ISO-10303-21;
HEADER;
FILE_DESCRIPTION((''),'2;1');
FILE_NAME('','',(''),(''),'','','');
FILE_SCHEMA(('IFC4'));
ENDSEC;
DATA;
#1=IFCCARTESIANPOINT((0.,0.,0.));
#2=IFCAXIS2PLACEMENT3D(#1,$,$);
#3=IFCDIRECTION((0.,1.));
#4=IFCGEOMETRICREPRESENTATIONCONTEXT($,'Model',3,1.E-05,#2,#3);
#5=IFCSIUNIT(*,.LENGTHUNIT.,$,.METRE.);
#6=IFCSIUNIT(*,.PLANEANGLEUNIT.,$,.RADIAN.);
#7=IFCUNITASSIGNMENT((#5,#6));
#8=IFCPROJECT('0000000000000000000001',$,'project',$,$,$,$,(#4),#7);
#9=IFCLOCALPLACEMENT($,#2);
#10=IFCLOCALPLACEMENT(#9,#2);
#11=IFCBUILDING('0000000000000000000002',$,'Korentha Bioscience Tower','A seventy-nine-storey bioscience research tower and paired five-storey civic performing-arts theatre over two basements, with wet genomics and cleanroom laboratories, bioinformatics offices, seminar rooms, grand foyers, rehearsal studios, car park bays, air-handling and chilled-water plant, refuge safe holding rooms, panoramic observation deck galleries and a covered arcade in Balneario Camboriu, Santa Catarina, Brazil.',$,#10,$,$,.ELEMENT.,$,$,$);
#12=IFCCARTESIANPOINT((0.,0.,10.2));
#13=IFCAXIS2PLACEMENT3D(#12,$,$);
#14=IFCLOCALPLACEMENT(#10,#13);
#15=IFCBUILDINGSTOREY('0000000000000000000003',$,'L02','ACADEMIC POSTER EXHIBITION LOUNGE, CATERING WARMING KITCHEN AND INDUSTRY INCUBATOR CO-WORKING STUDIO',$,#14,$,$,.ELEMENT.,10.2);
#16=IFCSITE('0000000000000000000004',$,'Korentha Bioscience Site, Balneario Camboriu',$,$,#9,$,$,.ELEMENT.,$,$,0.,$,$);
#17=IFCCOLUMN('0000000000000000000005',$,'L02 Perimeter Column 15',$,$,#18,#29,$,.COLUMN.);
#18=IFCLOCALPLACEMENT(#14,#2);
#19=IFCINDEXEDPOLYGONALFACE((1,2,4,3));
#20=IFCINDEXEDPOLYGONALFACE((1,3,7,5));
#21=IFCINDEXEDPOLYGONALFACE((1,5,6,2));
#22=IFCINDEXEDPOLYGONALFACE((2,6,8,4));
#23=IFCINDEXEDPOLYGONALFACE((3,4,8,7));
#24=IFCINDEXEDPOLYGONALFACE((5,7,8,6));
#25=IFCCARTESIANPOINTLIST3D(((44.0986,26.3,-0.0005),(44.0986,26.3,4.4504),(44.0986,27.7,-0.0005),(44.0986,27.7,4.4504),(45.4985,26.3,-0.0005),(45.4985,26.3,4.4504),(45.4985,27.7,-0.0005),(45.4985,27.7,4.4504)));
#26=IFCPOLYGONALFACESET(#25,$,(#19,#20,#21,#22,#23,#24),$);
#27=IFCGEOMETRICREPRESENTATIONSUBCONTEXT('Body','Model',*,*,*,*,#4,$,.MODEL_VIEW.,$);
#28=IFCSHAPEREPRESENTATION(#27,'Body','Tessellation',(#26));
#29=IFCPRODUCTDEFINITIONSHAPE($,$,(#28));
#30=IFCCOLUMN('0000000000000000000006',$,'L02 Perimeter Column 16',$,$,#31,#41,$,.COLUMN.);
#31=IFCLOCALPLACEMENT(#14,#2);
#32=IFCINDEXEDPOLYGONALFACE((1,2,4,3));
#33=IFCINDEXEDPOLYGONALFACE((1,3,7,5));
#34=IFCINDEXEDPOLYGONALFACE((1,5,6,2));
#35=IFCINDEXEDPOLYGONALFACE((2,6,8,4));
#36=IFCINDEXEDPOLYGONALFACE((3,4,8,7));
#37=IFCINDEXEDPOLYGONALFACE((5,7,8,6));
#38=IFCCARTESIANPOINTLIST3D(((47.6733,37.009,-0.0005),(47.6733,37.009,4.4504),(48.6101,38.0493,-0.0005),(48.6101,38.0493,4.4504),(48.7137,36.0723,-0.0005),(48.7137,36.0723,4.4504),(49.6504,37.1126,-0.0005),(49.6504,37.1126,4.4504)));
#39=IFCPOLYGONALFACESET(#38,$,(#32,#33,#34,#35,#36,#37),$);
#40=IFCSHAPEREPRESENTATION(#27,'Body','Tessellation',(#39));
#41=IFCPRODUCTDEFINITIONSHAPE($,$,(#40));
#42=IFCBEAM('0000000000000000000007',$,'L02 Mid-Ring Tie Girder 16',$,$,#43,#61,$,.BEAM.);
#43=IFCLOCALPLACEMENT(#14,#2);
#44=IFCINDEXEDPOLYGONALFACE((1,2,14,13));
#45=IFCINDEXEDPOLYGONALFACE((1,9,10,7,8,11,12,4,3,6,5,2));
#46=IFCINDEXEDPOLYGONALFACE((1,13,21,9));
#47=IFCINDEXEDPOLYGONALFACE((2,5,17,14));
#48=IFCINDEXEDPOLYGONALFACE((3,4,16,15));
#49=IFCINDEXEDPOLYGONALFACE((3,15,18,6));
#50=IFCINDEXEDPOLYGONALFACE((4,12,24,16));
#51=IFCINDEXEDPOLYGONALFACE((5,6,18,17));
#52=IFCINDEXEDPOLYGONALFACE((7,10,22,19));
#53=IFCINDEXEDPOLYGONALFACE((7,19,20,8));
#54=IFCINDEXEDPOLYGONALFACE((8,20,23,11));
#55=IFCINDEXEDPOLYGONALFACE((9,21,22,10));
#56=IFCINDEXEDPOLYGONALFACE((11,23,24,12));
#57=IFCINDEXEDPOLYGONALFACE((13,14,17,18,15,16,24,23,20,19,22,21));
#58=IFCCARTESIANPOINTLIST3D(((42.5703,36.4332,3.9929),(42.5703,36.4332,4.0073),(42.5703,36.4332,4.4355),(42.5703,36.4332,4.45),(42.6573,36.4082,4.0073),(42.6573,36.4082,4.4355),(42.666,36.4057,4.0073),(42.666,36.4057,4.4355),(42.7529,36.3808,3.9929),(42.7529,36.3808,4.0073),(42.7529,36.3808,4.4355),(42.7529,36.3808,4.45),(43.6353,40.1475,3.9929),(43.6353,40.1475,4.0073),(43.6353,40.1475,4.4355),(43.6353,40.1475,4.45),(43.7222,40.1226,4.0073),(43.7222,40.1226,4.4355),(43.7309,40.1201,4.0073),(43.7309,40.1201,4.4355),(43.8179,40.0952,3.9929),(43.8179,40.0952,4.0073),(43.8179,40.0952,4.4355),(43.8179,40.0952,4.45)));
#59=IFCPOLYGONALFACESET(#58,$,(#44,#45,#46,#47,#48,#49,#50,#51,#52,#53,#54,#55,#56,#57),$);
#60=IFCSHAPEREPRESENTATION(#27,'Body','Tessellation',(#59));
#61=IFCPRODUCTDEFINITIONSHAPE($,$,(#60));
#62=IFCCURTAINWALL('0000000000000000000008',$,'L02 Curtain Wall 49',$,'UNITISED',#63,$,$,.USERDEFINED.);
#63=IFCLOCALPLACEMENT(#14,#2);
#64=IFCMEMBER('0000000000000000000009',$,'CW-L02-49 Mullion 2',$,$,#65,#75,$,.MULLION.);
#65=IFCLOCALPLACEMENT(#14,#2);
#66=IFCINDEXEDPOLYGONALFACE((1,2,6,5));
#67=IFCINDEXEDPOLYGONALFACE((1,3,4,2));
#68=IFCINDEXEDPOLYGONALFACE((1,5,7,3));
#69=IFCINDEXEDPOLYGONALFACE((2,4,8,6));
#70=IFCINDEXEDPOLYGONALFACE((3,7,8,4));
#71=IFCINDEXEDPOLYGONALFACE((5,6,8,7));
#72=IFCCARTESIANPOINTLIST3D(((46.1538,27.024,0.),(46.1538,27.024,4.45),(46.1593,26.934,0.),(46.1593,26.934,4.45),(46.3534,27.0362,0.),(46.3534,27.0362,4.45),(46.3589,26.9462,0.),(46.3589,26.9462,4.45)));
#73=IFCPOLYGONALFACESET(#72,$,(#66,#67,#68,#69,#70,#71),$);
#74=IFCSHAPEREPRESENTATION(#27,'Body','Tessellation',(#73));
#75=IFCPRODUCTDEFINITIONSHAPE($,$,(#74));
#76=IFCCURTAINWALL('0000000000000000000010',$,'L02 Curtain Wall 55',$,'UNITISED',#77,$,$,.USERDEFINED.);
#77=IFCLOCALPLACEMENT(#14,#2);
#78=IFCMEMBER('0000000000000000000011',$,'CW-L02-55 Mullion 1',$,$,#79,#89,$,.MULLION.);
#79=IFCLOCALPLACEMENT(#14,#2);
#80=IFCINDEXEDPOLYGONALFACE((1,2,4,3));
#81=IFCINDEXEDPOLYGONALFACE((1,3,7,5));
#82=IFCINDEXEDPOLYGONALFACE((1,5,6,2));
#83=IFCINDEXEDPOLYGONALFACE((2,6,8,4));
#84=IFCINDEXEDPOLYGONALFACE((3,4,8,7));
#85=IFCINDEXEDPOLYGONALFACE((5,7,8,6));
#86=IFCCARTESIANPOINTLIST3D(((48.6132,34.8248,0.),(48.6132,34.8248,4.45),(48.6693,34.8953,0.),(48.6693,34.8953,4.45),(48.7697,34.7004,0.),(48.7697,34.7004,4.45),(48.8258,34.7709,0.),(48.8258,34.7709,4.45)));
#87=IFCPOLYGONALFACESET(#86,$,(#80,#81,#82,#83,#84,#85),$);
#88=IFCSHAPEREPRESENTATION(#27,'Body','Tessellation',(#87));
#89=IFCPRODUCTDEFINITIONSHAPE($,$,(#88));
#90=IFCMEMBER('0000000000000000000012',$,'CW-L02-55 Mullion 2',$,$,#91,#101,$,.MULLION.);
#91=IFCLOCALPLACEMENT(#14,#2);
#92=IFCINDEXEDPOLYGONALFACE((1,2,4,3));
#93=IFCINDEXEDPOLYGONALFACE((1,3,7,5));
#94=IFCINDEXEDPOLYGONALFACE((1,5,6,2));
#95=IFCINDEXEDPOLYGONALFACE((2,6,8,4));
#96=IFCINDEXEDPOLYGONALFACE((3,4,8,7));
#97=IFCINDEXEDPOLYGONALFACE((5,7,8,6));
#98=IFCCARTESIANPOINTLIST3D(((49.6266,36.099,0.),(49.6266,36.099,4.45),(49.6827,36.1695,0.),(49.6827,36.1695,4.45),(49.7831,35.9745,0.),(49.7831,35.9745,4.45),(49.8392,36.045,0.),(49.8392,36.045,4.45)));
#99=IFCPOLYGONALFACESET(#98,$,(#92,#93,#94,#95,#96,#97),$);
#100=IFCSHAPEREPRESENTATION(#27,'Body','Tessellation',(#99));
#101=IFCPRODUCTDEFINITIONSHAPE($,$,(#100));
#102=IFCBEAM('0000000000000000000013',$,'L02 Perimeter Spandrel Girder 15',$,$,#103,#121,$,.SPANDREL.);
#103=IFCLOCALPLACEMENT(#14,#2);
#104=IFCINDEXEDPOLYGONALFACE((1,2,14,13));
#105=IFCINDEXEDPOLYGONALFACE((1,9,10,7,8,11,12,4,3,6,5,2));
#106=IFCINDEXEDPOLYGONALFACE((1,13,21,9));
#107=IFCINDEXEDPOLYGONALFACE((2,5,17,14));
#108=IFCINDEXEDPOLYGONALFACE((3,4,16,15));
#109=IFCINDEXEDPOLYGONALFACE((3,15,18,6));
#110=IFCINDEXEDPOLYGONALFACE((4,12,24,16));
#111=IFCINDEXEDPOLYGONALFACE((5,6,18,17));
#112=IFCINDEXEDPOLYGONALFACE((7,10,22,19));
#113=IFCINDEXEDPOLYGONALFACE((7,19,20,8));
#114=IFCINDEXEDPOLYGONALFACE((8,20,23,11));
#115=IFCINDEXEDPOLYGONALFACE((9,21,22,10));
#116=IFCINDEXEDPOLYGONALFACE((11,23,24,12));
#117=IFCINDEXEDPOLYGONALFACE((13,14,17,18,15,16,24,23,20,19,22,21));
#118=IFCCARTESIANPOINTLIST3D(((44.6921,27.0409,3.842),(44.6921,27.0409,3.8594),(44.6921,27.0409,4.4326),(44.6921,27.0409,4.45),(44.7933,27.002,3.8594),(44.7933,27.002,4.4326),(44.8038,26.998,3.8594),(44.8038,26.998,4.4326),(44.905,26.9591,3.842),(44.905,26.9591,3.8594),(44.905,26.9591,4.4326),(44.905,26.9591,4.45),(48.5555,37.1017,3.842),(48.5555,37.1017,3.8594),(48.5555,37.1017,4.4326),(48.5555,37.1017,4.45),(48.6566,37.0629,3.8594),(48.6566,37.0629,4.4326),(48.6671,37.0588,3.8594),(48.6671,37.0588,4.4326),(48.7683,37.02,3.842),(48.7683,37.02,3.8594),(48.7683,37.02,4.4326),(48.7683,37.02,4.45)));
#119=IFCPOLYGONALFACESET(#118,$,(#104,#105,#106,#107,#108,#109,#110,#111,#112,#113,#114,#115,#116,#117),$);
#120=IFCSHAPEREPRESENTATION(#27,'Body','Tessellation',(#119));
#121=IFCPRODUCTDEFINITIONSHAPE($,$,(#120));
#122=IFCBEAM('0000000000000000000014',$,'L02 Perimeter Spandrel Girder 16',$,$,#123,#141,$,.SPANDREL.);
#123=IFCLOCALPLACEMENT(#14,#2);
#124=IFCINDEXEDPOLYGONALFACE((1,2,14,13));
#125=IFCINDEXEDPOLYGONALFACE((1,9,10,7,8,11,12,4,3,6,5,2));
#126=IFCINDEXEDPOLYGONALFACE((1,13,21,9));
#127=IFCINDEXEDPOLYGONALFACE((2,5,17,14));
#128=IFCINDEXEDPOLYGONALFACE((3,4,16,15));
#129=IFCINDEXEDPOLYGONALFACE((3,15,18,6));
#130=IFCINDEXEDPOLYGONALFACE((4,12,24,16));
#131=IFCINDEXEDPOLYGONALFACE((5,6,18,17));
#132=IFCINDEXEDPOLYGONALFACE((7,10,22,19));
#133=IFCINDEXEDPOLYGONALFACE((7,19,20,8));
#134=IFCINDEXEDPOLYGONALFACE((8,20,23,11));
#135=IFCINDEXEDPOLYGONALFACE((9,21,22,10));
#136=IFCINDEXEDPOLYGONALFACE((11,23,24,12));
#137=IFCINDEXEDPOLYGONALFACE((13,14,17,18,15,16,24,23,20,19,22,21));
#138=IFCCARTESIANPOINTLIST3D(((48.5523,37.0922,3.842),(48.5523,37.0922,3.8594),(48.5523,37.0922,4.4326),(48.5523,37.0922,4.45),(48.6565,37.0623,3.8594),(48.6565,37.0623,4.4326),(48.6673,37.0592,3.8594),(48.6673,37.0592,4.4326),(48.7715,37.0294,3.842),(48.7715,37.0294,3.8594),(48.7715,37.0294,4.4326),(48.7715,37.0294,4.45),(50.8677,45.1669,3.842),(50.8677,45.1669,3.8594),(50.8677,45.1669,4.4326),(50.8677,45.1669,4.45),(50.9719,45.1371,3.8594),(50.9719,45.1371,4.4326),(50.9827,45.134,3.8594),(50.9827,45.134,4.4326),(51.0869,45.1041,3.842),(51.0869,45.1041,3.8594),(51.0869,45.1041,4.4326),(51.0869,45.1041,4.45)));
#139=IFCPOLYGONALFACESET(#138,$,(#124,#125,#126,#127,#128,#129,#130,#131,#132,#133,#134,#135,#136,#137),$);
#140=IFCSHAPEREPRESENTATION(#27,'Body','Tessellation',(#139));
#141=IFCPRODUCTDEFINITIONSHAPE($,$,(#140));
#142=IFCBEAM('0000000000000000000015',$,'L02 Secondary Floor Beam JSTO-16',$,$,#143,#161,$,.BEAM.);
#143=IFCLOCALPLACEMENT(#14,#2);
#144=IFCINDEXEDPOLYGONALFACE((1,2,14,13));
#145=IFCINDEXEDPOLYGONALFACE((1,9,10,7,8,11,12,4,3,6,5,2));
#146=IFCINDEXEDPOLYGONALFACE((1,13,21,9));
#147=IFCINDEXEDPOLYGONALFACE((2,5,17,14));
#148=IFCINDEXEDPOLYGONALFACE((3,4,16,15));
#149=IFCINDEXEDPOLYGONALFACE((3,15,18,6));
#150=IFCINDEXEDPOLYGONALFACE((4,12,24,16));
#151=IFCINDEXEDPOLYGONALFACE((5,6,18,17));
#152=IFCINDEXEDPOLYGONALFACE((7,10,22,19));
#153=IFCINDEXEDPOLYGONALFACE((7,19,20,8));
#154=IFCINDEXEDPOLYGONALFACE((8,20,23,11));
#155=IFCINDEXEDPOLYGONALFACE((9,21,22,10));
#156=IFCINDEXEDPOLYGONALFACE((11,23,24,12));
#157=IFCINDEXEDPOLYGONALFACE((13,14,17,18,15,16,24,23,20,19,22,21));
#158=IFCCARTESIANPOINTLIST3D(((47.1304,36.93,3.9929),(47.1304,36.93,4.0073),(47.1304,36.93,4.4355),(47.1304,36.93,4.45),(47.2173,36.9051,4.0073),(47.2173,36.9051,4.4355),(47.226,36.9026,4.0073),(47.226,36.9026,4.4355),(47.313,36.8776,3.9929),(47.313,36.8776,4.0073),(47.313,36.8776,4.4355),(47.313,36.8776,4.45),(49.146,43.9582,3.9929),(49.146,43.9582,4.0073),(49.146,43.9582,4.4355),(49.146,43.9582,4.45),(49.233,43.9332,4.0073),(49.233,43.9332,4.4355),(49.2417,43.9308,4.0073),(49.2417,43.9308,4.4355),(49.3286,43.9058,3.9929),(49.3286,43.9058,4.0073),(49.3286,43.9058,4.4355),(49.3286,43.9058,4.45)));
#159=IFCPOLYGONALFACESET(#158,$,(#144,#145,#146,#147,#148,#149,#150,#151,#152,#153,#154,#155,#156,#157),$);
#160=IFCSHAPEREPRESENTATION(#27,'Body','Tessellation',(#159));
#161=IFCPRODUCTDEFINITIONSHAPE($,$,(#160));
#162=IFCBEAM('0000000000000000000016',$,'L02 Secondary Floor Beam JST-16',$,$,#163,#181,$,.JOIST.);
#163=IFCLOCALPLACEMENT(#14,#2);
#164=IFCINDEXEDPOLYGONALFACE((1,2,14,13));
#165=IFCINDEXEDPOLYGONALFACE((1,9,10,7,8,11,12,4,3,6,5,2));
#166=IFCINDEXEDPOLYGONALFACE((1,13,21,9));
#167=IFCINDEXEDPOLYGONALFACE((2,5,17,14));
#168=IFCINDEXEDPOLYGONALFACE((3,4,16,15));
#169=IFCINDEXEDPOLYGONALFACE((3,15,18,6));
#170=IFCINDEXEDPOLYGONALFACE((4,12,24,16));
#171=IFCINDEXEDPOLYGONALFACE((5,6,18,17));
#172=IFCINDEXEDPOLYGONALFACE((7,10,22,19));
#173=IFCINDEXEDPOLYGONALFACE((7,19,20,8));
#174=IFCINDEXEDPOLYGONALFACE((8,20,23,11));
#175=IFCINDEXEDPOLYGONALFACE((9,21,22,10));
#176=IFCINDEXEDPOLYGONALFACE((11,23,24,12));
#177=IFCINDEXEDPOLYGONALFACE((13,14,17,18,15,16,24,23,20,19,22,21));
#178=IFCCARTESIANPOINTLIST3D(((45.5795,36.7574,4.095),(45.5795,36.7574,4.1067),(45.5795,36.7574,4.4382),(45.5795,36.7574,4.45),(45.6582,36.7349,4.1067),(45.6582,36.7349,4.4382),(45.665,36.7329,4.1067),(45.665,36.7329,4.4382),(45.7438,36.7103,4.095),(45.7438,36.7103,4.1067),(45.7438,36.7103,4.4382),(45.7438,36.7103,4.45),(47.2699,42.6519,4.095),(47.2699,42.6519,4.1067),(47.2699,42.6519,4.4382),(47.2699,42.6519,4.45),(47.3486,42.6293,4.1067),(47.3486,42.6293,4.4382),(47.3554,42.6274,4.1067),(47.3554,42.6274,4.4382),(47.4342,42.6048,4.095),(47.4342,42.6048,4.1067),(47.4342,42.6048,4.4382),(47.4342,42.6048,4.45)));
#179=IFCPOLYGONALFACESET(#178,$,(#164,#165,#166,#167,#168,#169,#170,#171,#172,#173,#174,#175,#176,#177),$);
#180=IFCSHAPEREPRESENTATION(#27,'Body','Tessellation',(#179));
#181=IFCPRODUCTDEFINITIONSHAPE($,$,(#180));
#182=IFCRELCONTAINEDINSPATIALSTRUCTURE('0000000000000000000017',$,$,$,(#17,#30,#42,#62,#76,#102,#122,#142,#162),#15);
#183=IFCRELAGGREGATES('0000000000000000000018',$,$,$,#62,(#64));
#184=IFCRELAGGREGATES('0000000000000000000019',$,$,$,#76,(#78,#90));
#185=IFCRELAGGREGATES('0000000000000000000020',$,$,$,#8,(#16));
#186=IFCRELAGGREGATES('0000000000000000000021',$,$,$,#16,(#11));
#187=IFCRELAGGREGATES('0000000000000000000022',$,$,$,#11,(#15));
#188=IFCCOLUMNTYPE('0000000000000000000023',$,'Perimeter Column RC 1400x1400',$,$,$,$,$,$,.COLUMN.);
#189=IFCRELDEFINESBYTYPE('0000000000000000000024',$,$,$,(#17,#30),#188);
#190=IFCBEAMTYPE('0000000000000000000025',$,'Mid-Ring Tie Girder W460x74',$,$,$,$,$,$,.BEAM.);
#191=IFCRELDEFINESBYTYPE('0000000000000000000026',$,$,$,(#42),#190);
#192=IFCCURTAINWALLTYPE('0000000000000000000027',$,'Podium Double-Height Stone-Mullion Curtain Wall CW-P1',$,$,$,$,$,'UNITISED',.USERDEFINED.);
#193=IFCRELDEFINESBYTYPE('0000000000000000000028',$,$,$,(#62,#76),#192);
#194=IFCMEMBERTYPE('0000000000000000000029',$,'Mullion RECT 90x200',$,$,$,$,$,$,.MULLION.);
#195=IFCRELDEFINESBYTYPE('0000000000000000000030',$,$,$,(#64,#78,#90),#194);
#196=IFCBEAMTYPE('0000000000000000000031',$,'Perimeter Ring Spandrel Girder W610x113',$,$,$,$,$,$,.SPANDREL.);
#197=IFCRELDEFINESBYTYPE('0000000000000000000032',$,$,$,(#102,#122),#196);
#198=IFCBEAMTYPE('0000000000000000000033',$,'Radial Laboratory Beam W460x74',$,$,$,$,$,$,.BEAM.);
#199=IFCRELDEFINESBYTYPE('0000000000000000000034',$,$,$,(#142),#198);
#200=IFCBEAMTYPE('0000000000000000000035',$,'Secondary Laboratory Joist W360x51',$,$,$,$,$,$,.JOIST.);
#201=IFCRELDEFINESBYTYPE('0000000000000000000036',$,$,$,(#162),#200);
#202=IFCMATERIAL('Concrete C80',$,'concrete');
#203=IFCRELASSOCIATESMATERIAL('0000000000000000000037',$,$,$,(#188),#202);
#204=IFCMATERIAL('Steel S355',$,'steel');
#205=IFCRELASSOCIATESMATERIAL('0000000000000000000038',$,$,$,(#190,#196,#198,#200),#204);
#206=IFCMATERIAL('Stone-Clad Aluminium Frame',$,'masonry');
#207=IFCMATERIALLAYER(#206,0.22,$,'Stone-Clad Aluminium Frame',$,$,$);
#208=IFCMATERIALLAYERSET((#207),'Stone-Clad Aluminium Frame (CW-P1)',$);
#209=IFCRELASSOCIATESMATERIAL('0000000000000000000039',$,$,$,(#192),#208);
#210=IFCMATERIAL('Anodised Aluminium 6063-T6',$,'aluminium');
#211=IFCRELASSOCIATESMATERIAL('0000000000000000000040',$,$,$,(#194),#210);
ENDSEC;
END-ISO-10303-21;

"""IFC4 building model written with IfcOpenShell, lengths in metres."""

from ifc_helpers import new_model, si_unit, direction, frame, origin, origin_2d, place, context, subcontext, project, spatial, rectangle, i_section, extrude, material, layer, layer_set, material_profile, profile_set, type_object, element, aggregate, save


model = new_model("IFC4")

# Units and contexts
model_context = context("Model", 3, precision=1e-05, world=origin(), true_north=direction((0.0, 1.0)))
body_context = subcontext(model_context, "Body", "Model", "MODEL_VIEW")
ifc_project = project(units=[si_unit("LENGTHUNIT", "METRE"), si_unit("PLANEANGLEUNIT", "RADIAN")], contexts=[model_context])

# Site, building, storey
site_placement = place(None, origin())
site = spatial("IfcSite", under=ifc_project, at=site_placement, Name="Korentha Bioscience Site, Balneario Camboriu", CompositionType="ELEMENT", RefElevation=0.0)
building_placement = place(site_placement, origin())
building = spatial("IfcBuilding", under=site, at=building_placement, Name="Korentha Bioscience Tower", Description="A seventy-nine-storey bioscience research tower and paired five-storey civic performing-arts theatre over two basements, with wet genomics and cleanroom laboratories, bioinformatics offices, seminar rooms, grand foyers, rehearsal studios, car park bays, air-handling and chilled-water plant, refuge safe holding rooms, panoramic observation deck galleries and a covered arcade in Balneario Camboriu, Santa Catarina, Brazil.", CompositionType="ELEMENT")
storey_placement = place(building_placement, frame((0.0, 0.0, 10.2)))
storey = spatial("IfcBuildingStorey", under=building, at=storey_placement, Name="L02", Description="ACADEMIC POSTER EXHIBITION LOUNGE, CATERING WARMING KITCHEN AND INDUSTRY INCUBATOR CO-WORKING STUDIO", CompositionType="ELEMENT", Elevation=10.2)

# Columns
ifc_material_1 = material(Name="Concrete C80", Category="concrete")
ifc_material_profile_1 = material_profile(ifc_material_1, rectangle(XDim=1.3999, YDim=1.3999, at=origin_2d()), Name="Concrete C80")
ifc_profile_set_1 = profile_set([ifc_material_profile_1], Name="Concrete C80 (COL-P14)")
column_type = type_object("IfcColumnType", Name="Perimeter Column RC 1400x1400", PredefinedType="COLUMN", material=ifc_profile_set_1)
for number, where, z_axis, x_axis, name in (
    (1, (44.7986, 27.0, -0.0005), (0.0, 0.0, 1.0), (0.0, 1.0, 0.0), "L02 Perimeter Column 15"),
    (2, (48.6619, 37.0608, -0.0005), (0.0, 0.0, 1.0), (0.669131, 0.743145, 0.0), "L02 Perimeter Column 16"),
):
    element("IfcColumn", number, at=place(storey_placement, frame(where, z_axis=z_axis, x_axis=x_axis)), inside=storey, type_object=column_type, Name=name, PredefinedType="COLUMN", context=body_context, shape_type="SweptSolid", body=[
        extrude(rectangle(XDim=1.3999, YDim=1.3999, at=origin_2d()), origin(), (0.0, 0.0, 1.0), 4.4509),
    ])

# Beam
ifc_material_2 = material(Name="Steel S355", Category="steel")
ifc_material_profile_2 = material_profile(ifc_material_2, i_section(OverallWidth=0.1899, OverallDepth=0.457, WebThickness=0.009, FlangeThickness=0.0144, at=origin_2d()), Name="Steel S355")
ifc_profile_set_2 = profile_set([ifc_material_profile_2], Name="Steel S355 (MB-460)")
beam_type_1 = type_object("IfcBeamType", Name="Mid-Ring Tie Girder W460x74", PredefinedType="BEAM", material=ifc_profile_set_2)
beam_1_placement = place(storey_placement, frame((42.6616, 36.407, 4.2214), z_axis=(0.275606, 0.961271, 0.0), x_axis=(-0.961271, 0.275606, 0.0)))
element("IfcBeam", 3, at=beam_1_placement, inside=storey, type_object=beam_type_1, Name="L02 Mid-Ring Tie Girder 16", PredefinedType="BEAM", context=body_context, shape_type="SweptSolid", body=[
    extrude(i_section(OverallWidth=0.1899, OverallDepth=0.457, WebThickness=0.009, FlangeThickness=0.0144, at=origin_2d()), origin(), (0.0, 0.0, 1.0), 3.864),
])

# Curtain wall, member
ifc_material_3 = material(Name="Stone-Clad Aluminium Frame", Category="masonry")
ifc_layer_1 = layer(ifc_material_3, 0.22, Name="Stone-Clad Aluminium Frame")
ifc_layer_set_1 = layer_set([ifc_layer_1], Name="Stone-Clad Aluminium Frame (CW-P1)")
curtain_wall_type = type_object("IfcCurtainWallType", Name="Podium Double-Height Stone-Mullion Curtain Wall CW-P1", ElementType="UNITISED", PredefinedType="USERDEFINED", material=ifc_layer_set_1)
curtain_wall_1_placement = place(storey_placement, origin())
curtain_wall_1 = element("IfcCurtainWall", 4, at=curtain_wall_1_placement, inside=storey, type_object=curtain_wall_type, Name="L02 Curtain Wall 49", ObjectType="UNITISED", PredefinedType="USERDEFINED")
ifc_material_4 = material(Name="Anodised Aluminium 6063-T6", Category="aluminium")
ifc_material_profile_3 = material_profile(ifc_material_4, rectangle(XDim=0.0901, YDim=0.2, at=origin_2d()), Name="Anodised Aluminium 6063-T6")
ifc_profile_set_3 = profile_set([ifc_material_profile_3], Name="Anodised Aluminium 6063-T6 (CW-MUL)")
member_type_1 = type_object("IfcMemberType", Name="Mullion RECT 90x200", PredefinedType="MULLION", material=ifc_profile_set_3)
member_1_placement = place(storey_placement, frame((46.2563, 26.9851, 0.0), z_axis=(0.0, 0.0, 1.0), x_axis=(-0.061008, 0.998137, 0.0)))
member_1 = element("IfcMember", 5, at=member_1_placement, type_object=member_type_1, Name="CW-L02-49 Mullion 2", PredefinedType="MULLION", context=body_context, shape_type="SweptSolid", body=[
    extrude(rectangle(XDim=0.0901, YDim=0.2, at=origin_2d()), origin(), (0.0, 0.0, 1.0), 4.45),
])
aggregate(curtain_wall_1, [member_1])

# Curtain wall, members
curtain_wall_2_placement = place(storey_placement, origin())
curtain_wall_2 = element("IfcCurtainWall", 6, at=curtain_wall_2_placement, inside=storey, type_object=curtain_wall_type, Name="L02 Curtain Wall 55", ObjectType="UNITISED", PredefinedType="USERDEFINED")
member_2_placement = place(storey_placement, frame((48.7195, 34.7979, 0.0), z_axis=(0.0, 0.0, 1.0), x_axis=(0.62252, 0.782604, 0.0)))
member_2 = element("IfcMember", 7, at=member_2_placement, type_object=member_type_1, Name="CW-L02-55 Mullion 1", PredefinedType="MULLION", context=body_context, shape_type="SweptSolid", body=[
    extrude(rectangle(XDim=0.0901, YDim=0.2, at=origin_2d()), origin(), (0.0, 0.0, 1.0), 4.45),
])
member_3_placement = place(storey_placement, frame((49.7329, 36.072, 0.0), z_axis=(0.0, 0.0, 1.0), x_axis=(0.62252, 0.782604, 0.0)))
member_3 = element("IfcMember", 8, at=member_3_placement, type_object=member_type_1, Name="CW-L02-55 Mullion 2", PredefinedType="MULLION", context=body_context, shape_type="SweptSolid", body=[
    extrude(rectangle(XDim=0.0901, YDim=0.2, at=origin_2d()), origin(), (0.0, 0.0, 1.0), 4.45),
])

# Beams
ifc_material_profile_4 = material_profile(ifc_material_2, i_section(OverallWidth=0.228, OverallDepth=0.6079, WebThickness=0.0112, FlangeThickness=0.0173, at=origin_2d()), Name="Steel S355")
ifc_profile_set_4 = profile_set([ifc_material_profile_4], Name="Steel S355 (SB-610)")
beam_type_2 = type_object("IfcBeamType", Name="Perimeter Ring Spandrel Girder W610x113", PredefinedType="SPANDREL", material=ifc_profile_set_4)
beam_2_placement = place(storey_placement, frame((44.7986, 27.0, 4.146), z_axis=(0.358474, 0.93354, 0.0), x_axis=(-0.93354, 0.358474, 0.0)))
element("IfcBeam", 9, at=beam_2_placement, inside=storey, type_object=beam_type_2, Name="L02 Perimeter Spandrel Girder 15", PredefinedType="SPANDREL", context=body_context, shape_type="SweptSolid", body=[
    extrude(i_section(OverallWidth=0.228, OverallDepth=0.6079, WebThickness=0.0112, FlangeThickness=0.0173, at=origin_2d()), origin(), (0.0, 0.0, 1.0), 10.7771),
])
beam_3_placement = place(storey_placement, frame((48.6619, 37.0608, 4.146), z_axis=(0.275642, 0.96126, 0.0), x_axis=(-0.96126, 0.275642, 0.0)))
element("IfcBeam", 10, at=beam_3_placement, inside=storey, type_object=beam_type_2, Name="L02 Perimeter Spandrel Girder 16", PredefinedType="SPANDREL", context=body_context, shape_type="SweptSolid", body=[
    extrude(i_section(OverallWidth=0.228, OverallDepth=0.6079, WebThickness=0.0112, FlangeThickness=0.0173, at=origin_2d()), origin(), (0.0, 0.0, 1.0), 8.4001),
])
ifc_material_profile_5 = material_profile(ifc_material_2, i_section(OverallWidth=0.1899, OverallDepth=0.457, WebThickness=0.009, FlangeThickness=0.0144, at=origin_2d()), Name="Steel S355")
ifc_profile_set_5 = profile_set([ifc_material_profile_5], Name="Steel S355 (RB-460)")
beam_type_3 = type_object("IfcBeamType", Name="Radial Laboratory Beam W460x74", PredefinedType="BEAM", material=ifc_profile_set_5)
beam_4_placement = place(storey_placement, frame((47.2217, 36.9038, 4.2214), z_axis=(0.275682, 0.961249, 0.0), x_axis=(-0.961249, 0.275682, 0.0)))
element("IfcBeam", 11, at=beam_4_placement, inside=storey, type_object=beam_type_3, Name="L02 Secondary Floor Beam JSTO-16", PredefinedType="BEAM", context=body_context, shape_type="SweptSolid", body=[
    extrude(i_section(OverallWidth=0.1899, OverallDepth=0.457, WebThickness=0.009, FlangeThickness=0.0144, at=origin_2d()), origin(), (0.0, 0.0, 1.0), 7.3115),
])
ifc_material_profile_6 = material_profile(ifc_material_2, i_section(OverallWidth=0.1709, OverallDepth=0.355, WebThickness=0.0071, FlangeThickness=0.0117, at=origin_2d()), Name="Steel S355")
ifc_profile_set_6 = profile_set([ifc_material_profile_6], Name="Steel S355 (JB-360)")
beam_type_4 = type_object("IfcBeamType", Name="Secondary Laboratory Joist W360x51", PredefinedType="JOIST", material=ifc_profile_set_6)
beam_5_placement = place(storey_placement, frame((45.6616, 36.7339, 4.2725), z_axis=(0.275668, 0.961253, 0.0), x_axis=(-0.961253, 0.275668, 0.0)))
element("IfcBeam", 12, at=beam_5_placement, inside=storey, type_object=beam_type_4, Name="L02 Secondary Floor Beam JST-16", PredefinedType="JOIST", context=body_context, shape_type="SweptSolid", body=[
    extrude(i_section(OverallWidth=0.1709, OverallDepth=0.355, WebThickness=0.0071, FlangeThickness=0.0117, at=origin_2d()), origin(), (0.0, 0.0, 1.0), 6.1321),
])

aggregate(curtain_wall_2, [member_2, member_3])

save(model, "model.ifc")
